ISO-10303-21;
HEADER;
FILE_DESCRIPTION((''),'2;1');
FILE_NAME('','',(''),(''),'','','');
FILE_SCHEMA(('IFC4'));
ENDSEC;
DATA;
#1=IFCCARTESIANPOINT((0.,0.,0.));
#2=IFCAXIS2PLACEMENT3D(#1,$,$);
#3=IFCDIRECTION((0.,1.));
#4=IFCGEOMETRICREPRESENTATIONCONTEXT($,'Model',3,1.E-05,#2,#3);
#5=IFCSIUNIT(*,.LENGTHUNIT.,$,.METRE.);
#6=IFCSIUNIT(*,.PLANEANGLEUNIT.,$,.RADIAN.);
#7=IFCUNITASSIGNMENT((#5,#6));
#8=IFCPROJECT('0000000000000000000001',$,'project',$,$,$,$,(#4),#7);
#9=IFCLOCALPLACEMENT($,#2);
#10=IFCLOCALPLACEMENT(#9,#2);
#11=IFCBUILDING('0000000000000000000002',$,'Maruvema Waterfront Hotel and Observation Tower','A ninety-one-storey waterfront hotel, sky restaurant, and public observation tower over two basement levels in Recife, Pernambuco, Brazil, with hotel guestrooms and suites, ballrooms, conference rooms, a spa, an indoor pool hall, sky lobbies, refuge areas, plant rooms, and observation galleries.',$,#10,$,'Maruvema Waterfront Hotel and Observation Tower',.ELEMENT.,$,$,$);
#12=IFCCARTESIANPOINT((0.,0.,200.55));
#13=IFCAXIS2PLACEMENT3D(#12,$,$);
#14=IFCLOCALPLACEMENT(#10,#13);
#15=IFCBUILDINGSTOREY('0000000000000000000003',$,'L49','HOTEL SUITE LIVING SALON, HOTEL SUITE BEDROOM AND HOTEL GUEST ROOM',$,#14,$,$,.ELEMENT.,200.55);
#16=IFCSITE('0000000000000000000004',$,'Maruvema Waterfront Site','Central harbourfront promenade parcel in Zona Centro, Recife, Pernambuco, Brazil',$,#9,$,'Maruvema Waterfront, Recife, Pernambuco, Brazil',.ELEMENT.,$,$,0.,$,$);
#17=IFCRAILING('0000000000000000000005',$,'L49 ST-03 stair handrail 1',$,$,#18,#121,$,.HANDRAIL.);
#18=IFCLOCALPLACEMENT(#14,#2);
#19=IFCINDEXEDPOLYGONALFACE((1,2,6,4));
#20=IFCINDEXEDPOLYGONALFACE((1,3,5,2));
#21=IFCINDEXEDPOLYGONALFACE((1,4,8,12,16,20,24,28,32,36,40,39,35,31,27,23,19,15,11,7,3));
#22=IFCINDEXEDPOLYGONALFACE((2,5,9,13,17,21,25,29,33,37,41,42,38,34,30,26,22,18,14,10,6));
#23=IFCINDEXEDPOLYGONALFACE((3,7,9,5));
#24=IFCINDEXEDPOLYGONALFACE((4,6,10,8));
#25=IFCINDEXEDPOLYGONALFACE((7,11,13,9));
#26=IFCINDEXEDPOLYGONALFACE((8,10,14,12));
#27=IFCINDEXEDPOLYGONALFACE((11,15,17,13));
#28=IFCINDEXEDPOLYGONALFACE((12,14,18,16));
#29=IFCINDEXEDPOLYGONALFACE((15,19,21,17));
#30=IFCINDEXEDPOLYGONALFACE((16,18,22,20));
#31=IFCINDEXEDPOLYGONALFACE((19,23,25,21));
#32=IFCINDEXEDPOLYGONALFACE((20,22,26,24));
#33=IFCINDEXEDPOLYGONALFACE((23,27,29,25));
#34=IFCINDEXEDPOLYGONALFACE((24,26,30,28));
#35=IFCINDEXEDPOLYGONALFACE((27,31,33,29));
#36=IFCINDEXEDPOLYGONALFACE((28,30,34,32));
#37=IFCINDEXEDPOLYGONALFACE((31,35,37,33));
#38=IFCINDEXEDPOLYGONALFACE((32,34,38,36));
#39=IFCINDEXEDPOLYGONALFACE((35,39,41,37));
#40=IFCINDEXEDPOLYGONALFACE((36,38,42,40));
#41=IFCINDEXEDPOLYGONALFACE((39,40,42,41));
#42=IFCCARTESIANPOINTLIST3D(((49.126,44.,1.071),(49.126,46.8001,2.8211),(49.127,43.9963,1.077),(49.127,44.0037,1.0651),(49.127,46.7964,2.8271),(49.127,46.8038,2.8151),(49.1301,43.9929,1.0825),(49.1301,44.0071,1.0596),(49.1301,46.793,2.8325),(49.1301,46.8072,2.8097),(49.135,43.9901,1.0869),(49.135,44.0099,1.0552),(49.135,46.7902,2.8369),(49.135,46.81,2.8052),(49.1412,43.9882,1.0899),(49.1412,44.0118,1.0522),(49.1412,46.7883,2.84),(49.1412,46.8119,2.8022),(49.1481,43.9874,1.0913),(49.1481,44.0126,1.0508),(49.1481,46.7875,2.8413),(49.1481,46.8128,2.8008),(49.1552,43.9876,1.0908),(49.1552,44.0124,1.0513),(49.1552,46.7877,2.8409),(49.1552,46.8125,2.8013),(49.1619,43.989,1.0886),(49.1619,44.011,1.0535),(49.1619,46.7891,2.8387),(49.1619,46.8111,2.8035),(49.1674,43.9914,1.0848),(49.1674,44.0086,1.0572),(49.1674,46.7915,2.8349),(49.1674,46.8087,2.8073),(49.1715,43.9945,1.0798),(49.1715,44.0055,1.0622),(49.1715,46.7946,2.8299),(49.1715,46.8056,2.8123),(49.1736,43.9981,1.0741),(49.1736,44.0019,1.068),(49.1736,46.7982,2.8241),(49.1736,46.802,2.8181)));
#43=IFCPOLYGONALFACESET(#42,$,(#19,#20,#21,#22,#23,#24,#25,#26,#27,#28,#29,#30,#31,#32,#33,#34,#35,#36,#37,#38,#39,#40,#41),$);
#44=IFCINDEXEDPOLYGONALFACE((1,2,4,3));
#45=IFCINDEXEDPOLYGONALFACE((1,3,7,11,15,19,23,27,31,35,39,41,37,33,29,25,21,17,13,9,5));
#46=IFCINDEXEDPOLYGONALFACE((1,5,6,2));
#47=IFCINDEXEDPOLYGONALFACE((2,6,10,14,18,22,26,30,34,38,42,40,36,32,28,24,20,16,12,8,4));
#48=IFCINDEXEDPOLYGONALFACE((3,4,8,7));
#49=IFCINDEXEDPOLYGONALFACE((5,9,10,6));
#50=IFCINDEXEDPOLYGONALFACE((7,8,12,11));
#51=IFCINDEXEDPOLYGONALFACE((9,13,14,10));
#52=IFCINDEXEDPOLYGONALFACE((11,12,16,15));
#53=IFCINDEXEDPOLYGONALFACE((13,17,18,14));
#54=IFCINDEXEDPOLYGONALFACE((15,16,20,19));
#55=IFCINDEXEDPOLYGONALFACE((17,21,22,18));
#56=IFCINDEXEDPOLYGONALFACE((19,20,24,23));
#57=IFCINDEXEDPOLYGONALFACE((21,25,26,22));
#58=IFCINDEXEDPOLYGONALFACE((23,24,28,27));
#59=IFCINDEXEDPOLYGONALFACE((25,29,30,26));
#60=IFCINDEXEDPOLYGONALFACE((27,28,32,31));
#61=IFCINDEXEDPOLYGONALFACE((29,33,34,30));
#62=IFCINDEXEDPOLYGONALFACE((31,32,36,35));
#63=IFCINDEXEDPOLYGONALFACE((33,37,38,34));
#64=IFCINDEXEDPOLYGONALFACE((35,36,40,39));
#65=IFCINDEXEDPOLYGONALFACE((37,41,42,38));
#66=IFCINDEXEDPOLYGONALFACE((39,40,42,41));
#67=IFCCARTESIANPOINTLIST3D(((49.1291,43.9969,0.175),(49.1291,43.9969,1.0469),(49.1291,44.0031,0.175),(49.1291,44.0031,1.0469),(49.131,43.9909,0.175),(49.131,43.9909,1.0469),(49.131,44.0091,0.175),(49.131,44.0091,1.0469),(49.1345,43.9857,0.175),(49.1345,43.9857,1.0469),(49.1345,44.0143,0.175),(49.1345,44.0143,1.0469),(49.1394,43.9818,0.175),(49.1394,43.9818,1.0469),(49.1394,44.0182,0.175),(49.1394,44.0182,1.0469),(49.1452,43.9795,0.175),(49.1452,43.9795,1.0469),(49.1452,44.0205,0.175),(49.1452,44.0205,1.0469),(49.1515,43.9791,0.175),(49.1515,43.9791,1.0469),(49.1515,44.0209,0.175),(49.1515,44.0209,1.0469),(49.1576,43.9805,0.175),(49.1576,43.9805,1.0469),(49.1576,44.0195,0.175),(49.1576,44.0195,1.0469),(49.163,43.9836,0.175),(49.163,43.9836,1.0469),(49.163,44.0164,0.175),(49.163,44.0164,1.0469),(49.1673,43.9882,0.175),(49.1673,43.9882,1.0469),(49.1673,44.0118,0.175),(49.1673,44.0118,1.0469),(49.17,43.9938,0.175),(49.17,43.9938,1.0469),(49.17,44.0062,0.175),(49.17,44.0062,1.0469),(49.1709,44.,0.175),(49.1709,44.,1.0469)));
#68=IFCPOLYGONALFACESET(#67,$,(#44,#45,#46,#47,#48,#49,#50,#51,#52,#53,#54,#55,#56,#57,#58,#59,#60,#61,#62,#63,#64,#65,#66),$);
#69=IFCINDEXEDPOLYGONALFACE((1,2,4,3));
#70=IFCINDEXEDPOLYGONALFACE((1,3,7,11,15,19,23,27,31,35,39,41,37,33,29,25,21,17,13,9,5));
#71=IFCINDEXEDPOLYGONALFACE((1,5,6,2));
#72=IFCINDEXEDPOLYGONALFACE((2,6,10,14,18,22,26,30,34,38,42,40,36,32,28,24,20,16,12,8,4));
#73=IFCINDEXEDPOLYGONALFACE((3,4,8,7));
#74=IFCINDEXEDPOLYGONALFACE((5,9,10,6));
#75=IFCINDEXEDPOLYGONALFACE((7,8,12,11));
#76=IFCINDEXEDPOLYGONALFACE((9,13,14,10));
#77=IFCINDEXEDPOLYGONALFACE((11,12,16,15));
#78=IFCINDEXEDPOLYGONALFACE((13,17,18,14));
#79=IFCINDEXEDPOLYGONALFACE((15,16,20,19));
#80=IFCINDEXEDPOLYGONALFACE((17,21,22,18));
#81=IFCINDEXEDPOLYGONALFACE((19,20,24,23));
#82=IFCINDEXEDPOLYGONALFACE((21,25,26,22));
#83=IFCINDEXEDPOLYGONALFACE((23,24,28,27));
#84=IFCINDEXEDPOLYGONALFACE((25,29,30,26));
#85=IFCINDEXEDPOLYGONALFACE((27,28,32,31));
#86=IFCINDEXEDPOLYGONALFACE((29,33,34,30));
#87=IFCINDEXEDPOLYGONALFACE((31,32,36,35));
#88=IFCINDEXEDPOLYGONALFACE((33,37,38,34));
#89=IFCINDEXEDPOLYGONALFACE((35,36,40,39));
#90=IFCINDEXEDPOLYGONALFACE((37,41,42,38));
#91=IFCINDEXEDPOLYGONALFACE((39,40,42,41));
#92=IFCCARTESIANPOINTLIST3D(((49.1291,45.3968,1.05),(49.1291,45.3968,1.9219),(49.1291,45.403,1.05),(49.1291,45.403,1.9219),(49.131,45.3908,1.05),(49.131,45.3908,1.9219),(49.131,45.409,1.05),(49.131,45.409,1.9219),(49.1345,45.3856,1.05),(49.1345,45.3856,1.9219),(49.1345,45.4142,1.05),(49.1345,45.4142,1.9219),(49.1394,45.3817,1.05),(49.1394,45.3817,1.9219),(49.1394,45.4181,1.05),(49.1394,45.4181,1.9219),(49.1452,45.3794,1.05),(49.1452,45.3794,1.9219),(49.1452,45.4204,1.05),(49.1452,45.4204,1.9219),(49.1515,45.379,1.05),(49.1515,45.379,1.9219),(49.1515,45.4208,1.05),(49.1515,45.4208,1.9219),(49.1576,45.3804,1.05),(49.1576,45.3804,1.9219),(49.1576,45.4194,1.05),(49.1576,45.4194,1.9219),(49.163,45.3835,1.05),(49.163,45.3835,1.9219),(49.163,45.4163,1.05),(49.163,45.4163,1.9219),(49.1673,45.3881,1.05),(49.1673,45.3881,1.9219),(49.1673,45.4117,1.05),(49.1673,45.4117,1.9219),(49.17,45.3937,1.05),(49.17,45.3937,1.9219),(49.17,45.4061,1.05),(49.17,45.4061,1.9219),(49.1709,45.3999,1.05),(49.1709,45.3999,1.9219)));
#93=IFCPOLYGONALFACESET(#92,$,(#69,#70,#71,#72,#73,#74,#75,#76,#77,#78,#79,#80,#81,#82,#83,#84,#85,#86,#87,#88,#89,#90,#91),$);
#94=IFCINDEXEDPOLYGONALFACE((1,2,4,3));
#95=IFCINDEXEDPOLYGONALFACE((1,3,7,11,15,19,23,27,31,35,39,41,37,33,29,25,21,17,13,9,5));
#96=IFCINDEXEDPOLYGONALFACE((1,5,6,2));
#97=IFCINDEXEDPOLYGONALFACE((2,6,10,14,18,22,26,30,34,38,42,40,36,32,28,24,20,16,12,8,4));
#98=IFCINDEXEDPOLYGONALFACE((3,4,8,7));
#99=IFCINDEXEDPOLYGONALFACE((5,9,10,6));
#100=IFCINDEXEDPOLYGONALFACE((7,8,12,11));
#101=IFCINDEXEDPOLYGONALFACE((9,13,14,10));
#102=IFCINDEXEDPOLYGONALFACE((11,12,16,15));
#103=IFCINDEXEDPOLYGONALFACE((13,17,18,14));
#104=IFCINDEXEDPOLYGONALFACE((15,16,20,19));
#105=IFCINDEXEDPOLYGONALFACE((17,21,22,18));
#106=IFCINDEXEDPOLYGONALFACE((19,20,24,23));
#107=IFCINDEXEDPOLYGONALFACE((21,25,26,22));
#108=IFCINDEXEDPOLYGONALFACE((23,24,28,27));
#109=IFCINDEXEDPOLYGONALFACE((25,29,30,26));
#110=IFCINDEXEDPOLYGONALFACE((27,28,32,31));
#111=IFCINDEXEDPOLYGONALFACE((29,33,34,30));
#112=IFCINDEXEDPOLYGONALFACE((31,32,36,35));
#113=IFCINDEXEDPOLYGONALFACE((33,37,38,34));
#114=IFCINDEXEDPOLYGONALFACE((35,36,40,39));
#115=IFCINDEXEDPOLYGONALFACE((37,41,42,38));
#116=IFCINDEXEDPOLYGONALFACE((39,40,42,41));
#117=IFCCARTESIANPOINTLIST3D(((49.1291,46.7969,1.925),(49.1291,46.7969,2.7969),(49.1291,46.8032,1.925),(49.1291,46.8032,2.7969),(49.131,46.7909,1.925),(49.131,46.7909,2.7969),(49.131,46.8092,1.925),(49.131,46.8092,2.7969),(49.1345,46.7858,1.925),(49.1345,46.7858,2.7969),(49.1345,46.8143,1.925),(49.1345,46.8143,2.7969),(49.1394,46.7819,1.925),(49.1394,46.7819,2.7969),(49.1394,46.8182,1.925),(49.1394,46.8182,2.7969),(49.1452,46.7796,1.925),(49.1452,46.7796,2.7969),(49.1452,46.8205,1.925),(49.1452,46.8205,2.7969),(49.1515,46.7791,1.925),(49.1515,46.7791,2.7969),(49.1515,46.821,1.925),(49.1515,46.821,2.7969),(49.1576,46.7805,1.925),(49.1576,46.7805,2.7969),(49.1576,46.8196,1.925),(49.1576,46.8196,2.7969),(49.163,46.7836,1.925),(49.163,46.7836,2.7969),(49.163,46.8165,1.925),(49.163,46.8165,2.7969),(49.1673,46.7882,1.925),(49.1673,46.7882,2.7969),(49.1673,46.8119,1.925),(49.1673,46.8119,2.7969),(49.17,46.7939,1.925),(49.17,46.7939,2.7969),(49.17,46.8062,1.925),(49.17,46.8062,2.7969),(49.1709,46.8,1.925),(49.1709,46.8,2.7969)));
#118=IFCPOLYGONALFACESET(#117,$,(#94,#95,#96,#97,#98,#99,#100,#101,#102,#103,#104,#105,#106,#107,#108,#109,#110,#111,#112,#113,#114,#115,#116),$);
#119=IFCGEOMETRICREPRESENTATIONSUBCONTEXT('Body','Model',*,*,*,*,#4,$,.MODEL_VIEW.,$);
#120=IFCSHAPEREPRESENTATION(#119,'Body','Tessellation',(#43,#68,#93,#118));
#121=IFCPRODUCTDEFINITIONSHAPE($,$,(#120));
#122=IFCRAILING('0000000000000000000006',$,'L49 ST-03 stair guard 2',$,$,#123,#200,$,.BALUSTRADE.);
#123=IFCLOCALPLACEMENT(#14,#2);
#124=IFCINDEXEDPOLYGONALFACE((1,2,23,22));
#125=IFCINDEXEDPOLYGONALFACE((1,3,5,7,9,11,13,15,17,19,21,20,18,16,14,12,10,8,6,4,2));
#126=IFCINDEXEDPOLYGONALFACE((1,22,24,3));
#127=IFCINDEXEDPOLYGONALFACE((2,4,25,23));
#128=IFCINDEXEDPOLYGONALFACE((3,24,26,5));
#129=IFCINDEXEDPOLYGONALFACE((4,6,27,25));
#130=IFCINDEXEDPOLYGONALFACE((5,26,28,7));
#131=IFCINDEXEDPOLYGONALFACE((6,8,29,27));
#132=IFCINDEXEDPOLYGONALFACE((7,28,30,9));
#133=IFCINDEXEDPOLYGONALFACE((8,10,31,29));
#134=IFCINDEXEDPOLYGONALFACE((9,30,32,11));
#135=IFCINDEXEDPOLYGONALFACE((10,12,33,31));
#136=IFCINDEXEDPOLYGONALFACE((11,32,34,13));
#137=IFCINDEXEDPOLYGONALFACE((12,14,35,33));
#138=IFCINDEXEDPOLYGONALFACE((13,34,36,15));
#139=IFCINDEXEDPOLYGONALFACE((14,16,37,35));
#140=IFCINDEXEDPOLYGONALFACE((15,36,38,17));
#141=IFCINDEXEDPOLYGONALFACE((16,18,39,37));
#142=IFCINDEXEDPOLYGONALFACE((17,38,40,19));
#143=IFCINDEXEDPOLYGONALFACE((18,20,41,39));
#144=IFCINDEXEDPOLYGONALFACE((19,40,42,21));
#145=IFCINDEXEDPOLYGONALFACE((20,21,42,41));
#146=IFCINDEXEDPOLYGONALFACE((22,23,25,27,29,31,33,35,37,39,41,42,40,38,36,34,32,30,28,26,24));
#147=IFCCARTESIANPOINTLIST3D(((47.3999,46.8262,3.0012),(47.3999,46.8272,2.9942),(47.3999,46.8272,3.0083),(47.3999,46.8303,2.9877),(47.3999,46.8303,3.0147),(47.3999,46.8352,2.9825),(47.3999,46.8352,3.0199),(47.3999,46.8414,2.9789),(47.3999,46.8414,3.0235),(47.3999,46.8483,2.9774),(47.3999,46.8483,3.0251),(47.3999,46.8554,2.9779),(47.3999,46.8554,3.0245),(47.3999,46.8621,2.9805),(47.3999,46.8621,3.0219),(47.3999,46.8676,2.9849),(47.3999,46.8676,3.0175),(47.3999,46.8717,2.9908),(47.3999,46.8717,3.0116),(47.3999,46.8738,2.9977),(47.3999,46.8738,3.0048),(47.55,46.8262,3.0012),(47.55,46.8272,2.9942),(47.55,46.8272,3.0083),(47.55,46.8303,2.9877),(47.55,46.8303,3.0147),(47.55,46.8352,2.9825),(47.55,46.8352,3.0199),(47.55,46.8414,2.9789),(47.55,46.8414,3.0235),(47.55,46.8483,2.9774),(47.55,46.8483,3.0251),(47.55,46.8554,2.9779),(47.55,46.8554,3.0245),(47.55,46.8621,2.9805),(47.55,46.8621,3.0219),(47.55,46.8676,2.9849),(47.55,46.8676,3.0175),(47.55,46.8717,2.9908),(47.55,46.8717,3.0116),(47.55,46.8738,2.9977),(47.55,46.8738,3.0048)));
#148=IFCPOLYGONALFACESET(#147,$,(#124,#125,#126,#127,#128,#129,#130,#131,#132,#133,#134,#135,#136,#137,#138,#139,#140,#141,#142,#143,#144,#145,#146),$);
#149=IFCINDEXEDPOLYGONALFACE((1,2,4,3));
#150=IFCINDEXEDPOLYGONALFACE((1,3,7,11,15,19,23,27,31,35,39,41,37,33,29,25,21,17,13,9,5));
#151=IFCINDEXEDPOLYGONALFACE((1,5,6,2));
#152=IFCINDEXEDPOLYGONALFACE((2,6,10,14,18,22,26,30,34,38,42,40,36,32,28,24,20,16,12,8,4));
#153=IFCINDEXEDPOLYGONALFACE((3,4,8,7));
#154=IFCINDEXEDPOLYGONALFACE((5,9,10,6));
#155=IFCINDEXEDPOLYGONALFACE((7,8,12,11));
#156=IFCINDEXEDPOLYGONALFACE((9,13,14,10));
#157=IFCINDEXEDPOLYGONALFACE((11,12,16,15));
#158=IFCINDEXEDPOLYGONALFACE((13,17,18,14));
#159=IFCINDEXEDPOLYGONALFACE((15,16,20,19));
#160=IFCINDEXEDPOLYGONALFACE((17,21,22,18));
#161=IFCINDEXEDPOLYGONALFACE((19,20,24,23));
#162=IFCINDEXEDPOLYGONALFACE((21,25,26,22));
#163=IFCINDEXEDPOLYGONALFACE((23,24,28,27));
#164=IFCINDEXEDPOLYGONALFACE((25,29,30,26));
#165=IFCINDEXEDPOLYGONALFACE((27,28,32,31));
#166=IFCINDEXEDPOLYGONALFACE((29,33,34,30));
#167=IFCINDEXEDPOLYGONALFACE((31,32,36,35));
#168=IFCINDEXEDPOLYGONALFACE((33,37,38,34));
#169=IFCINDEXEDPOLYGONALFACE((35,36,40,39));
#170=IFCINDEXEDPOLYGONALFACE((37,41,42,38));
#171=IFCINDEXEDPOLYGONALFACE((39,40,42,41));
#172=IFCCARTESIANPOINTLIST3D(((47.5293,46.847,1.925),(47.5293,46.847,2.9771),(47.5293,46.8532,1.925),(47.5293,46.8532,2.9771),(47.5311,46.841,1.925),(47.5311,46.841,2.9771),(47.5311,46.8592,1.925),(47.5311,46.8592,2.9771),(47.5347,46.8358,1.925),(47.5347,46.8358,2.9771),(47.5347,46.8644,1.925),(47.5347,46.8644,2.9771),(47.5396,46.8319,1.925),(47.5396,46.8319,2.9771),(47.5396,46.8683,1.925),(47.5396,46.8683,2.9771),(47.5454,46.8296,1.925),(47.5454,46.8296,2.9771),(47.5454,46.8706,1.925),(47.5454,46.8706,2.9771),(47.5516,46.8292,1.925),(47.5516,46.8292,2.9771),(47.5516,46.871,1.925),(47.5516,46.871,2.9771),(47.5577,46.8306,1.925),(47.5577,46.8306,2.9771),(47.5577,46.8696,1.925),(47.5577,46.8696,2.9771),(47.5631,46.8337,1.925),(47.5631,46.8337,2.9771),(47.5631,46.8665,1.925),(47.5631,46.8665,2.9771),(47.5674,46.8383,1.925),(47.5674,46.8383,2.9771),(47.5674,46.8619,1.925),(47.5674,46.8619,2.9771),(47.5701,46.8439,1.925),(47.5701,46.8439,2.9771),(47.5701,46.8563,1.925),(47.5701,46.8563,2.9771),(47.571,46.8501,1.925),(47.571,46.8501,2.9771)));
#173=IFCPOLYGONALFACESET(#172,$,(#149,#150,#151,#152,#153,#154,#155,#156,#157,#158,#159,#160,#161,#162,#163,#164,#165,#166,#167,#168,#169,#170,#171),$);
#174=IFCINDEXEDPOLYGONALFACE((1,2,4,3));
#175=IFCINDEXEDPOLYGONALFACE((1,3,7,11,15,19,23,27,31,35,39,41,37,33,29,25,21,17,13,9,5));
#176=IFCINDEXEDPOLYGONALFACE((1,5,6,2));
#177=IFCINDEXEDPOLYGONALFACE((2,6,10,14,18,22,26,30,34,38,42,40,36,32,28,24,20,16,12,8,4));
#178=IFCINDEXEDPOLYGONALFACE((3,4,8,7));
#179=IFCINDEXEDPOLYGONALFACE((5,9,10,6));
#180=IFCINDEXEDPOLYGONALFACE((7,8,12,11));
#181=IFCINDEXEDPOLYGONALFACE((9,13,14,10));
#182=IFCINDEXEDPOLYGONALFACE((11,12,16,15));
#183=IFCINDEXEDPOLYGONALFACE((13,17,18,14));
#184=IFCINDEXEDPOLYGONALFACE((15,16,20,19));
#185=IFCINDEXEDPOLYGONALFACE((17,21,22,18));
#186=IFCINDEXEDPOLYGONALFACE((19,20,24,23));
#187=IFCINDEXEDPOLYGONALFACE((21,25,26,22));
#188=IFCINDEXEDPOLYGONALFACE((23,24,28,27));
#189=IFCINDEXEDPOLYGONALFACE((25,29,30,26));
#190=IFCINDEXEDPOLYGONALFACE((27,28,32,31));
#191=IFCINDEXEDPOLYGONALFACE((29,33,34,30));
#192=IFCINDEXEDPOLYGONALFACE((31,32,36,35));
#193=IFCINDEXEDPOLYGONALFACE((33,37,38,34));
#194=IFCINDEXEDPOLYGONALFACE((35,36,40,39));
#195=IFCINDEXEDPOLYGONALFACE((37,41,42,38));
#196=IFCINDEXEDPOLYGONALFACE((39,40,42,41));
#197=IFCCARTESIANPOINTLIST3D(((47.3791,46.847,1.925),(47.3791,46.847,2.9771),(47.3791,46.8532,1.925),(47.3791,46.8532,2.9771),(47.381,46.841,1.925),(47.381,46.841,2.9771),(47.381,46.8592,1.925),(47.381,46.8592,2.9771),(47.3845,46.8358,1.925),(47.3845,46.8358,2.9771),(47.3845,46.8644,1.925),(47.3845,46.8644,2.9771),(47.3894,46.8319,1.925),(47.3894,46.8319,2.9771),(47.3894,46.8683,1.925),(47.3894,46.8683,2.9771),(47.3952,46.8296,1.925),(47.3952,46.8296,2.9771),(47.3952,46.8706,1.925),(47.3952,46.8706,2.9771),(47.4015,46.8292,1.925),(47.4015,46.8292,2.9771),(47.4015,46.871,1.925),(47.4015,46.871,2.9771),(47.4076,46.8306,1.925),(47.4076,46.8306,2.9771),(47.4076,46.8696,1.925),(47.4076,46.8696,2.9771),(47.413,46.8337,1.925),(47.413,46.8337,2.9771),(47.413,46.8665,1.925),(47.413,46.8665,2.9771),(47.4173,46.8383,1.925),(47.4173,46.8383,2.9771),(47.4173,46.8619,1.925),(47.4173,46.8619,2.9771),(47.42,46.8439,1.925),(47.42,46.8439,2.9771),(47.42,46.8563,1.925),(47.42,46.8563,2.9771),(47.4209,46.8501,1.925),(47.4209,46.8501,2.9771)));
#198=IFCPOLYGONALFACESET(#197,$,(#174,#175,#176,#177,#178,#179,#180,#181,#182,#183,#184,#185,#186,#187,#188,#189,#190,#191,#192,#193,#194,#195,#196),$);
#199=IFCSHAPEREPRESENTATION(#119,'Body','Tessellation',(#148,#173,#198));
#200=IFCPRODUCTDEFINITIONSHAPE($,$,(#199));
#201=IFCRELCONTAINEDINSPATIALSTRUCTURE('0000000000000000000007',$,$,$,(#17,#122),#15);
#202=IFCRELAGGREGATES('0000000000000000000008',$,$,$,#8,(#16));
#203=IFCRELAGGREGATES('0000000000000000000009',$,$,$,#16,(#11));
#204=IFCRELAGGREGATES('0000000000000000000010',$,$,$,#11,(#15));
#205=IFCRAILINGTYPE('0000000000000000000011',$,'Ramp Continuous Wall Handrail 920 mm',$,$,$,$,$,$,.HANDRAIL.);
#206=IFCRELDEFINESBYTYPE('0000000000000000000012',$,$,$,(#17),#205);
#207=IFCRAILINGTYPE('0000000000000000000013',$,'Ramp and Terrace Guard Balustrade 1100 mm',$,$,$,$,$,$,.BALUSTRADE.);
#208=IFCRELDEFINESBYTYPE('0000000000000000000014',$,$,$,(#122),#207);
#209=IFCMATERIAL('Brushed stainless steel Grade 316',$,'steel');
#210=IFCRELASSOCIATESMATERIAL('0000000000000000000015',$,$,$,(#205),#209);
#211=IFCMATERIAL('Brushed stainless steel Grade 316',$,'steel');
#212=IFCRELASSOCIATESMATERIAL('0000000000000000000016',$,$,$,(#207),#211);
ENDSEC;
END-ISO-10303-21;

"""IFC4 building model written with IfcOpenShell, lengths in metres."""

from ifc_helpers import new_model, si_unit, direction, frame, origin, origin_2d, place, context, subcontext, project, spatial, circle, extrude, material, type_object, element, save


model = new_model("IFC4")

# Units and contexts
model_context = context("Model", 3, precision=1e-05, world=origin(), true_north=direction((0.0, 1.0)))
body_context = subcontext(model_context, "Body", "Model", "MODEL_VIEW")
ifc_project = project(units=[si_unit("LENGTHUNIT", "METRE"), si_unit("PLANEANGLEUNIT", "RADIAN")], contexts=[model_context])

# Site, building, storey
site_placement = place(None, origin())
site = spatial("IfcSite", under=ifc_project, at=site_placement, Name="Maruvema Waterfront Site", Description="Central harbourfront promenade parcel in Zona Centro, Recife, Pernambuco, Brazil", LongName="Maruvema Waterfront, Recife, Pernambuco, Brazil", CompositionType="ELEMENT", RefElevation=0.0)
building_placement = place(site_placement, origin())
building = spatial("IfcBuilding", under=site, at=building_placement, Name="Maruvema Waterfront Hotel and Observation Tower", Description="A ninety-one-storey waterfront hotel, sky restaurant, and public observation tower over two basement levels in Recife, Pernambuco, Brazil, with hotel guestrooms and suites, ballrooms, conference rooms, a spa, an indoor pool hall, sky lobbies, refuge areas, plant rooms, and observation galleries.", LongName="Maruvema Waterfront Hotel and Observation Tower", CompositionType="ELEMENT")
storey_placement = place(building_placement, frame((0.0, 0.0, 200.55)))
storey = spatial("IfcBuildingStorey", under=building, at=storey_placement, Name="L49", Description="HOTEL SUITE LIVING SALON, HOTEL SUITE BEDROOM AND HOTEL GUEST ROOM", CompositionType="ELEMENT", Elevation=200.55)

# Railings
ifc_material_1 = material(Name="Brushed stainless steel Grade 316", Category="steel")
railing_type_1 = type_object("IfcRailingType", Name="Ramp Continuous Wall Handrail 920 mm", PredefinedType="HANDRAIL", material=ifc_material_1)
railing_1_placement = place(storey_placement, frame((49.1499, 44.0, 0.175)))
element("IfcRailing", 1, at=railing_1_placement, inside=storey, type_object=railing_type_1, Name="L49 ST-03 stair handrail 1", PredefinedType="HANDRAIL", context=body_context, shape_type="SweptSolid", body=[
    extrude(circle(Radius=0.0239, at=origin_2d()), frame((0.0, 0.0, 0.896), z_axis=(0.0, 0.848002, 0.529992), x_axis=(-1.0, 0.0, 0.0)), (0.0, 0.0, 1.0), 3.302),
    extrude(circle(Radius=0.021, at=origin_2d()), origin(), (0.0, 0.0, 1.0), 0.8718),
    extrude(circle(Radius=0.021, at=origin_2d()), frame((0.0, 1.3999, 0.875)), (0.0, 0.0, 1.0), 0.8718),
    extrude(circle(Radius=0.021, at=origin_2d()), frame((0.0, 2.8, 1.75)), (0.0, 0.0, 1.0), 0.8718),
])
ifc_material_2 = material(Name="Brushed stainless steel Grade 316", Category="steel")
railing_type_2 = type_object("IfcRailingType", Name="Ramp and Terrace Guard Balustrade 1100 mm", PredefinedType="BALUSTRADE", material=ifc_material_2)
railing_2_placement = place(storey_placement, frame((47.55, 46.8501, 1.925)))
element("IfcRailing", 2, at=railing_2_placement, inside=storey, type_object=railing_type_2, Name="L49 ST-03 stair guard 2", PredefinedType="BALUSTRADE", context=body_context, shape_type="SweptSolid", body=[
    extrude(circle(Radius=0.0239, at=origin_2d()), frame((0.0, 0.0, 1.0762), z_axis=(-1.0, 0.0, 0.0), x_axis=(0.0, -1.0, 0.0)), (0.0, 0.0, 1.0), 0.1501),
    extrude(circle(Radius=0.021, at=origin_2d()), origin(), (0.0, 0.0, 1.0), 1.052),
    extrude(circle(Radius=0.021, at=origin_2d()), frame((-0.1501, 0.0, 0.0)), (0.0, 0.0, 1.0), 1.052),
])

save(model, "model.ifc")
